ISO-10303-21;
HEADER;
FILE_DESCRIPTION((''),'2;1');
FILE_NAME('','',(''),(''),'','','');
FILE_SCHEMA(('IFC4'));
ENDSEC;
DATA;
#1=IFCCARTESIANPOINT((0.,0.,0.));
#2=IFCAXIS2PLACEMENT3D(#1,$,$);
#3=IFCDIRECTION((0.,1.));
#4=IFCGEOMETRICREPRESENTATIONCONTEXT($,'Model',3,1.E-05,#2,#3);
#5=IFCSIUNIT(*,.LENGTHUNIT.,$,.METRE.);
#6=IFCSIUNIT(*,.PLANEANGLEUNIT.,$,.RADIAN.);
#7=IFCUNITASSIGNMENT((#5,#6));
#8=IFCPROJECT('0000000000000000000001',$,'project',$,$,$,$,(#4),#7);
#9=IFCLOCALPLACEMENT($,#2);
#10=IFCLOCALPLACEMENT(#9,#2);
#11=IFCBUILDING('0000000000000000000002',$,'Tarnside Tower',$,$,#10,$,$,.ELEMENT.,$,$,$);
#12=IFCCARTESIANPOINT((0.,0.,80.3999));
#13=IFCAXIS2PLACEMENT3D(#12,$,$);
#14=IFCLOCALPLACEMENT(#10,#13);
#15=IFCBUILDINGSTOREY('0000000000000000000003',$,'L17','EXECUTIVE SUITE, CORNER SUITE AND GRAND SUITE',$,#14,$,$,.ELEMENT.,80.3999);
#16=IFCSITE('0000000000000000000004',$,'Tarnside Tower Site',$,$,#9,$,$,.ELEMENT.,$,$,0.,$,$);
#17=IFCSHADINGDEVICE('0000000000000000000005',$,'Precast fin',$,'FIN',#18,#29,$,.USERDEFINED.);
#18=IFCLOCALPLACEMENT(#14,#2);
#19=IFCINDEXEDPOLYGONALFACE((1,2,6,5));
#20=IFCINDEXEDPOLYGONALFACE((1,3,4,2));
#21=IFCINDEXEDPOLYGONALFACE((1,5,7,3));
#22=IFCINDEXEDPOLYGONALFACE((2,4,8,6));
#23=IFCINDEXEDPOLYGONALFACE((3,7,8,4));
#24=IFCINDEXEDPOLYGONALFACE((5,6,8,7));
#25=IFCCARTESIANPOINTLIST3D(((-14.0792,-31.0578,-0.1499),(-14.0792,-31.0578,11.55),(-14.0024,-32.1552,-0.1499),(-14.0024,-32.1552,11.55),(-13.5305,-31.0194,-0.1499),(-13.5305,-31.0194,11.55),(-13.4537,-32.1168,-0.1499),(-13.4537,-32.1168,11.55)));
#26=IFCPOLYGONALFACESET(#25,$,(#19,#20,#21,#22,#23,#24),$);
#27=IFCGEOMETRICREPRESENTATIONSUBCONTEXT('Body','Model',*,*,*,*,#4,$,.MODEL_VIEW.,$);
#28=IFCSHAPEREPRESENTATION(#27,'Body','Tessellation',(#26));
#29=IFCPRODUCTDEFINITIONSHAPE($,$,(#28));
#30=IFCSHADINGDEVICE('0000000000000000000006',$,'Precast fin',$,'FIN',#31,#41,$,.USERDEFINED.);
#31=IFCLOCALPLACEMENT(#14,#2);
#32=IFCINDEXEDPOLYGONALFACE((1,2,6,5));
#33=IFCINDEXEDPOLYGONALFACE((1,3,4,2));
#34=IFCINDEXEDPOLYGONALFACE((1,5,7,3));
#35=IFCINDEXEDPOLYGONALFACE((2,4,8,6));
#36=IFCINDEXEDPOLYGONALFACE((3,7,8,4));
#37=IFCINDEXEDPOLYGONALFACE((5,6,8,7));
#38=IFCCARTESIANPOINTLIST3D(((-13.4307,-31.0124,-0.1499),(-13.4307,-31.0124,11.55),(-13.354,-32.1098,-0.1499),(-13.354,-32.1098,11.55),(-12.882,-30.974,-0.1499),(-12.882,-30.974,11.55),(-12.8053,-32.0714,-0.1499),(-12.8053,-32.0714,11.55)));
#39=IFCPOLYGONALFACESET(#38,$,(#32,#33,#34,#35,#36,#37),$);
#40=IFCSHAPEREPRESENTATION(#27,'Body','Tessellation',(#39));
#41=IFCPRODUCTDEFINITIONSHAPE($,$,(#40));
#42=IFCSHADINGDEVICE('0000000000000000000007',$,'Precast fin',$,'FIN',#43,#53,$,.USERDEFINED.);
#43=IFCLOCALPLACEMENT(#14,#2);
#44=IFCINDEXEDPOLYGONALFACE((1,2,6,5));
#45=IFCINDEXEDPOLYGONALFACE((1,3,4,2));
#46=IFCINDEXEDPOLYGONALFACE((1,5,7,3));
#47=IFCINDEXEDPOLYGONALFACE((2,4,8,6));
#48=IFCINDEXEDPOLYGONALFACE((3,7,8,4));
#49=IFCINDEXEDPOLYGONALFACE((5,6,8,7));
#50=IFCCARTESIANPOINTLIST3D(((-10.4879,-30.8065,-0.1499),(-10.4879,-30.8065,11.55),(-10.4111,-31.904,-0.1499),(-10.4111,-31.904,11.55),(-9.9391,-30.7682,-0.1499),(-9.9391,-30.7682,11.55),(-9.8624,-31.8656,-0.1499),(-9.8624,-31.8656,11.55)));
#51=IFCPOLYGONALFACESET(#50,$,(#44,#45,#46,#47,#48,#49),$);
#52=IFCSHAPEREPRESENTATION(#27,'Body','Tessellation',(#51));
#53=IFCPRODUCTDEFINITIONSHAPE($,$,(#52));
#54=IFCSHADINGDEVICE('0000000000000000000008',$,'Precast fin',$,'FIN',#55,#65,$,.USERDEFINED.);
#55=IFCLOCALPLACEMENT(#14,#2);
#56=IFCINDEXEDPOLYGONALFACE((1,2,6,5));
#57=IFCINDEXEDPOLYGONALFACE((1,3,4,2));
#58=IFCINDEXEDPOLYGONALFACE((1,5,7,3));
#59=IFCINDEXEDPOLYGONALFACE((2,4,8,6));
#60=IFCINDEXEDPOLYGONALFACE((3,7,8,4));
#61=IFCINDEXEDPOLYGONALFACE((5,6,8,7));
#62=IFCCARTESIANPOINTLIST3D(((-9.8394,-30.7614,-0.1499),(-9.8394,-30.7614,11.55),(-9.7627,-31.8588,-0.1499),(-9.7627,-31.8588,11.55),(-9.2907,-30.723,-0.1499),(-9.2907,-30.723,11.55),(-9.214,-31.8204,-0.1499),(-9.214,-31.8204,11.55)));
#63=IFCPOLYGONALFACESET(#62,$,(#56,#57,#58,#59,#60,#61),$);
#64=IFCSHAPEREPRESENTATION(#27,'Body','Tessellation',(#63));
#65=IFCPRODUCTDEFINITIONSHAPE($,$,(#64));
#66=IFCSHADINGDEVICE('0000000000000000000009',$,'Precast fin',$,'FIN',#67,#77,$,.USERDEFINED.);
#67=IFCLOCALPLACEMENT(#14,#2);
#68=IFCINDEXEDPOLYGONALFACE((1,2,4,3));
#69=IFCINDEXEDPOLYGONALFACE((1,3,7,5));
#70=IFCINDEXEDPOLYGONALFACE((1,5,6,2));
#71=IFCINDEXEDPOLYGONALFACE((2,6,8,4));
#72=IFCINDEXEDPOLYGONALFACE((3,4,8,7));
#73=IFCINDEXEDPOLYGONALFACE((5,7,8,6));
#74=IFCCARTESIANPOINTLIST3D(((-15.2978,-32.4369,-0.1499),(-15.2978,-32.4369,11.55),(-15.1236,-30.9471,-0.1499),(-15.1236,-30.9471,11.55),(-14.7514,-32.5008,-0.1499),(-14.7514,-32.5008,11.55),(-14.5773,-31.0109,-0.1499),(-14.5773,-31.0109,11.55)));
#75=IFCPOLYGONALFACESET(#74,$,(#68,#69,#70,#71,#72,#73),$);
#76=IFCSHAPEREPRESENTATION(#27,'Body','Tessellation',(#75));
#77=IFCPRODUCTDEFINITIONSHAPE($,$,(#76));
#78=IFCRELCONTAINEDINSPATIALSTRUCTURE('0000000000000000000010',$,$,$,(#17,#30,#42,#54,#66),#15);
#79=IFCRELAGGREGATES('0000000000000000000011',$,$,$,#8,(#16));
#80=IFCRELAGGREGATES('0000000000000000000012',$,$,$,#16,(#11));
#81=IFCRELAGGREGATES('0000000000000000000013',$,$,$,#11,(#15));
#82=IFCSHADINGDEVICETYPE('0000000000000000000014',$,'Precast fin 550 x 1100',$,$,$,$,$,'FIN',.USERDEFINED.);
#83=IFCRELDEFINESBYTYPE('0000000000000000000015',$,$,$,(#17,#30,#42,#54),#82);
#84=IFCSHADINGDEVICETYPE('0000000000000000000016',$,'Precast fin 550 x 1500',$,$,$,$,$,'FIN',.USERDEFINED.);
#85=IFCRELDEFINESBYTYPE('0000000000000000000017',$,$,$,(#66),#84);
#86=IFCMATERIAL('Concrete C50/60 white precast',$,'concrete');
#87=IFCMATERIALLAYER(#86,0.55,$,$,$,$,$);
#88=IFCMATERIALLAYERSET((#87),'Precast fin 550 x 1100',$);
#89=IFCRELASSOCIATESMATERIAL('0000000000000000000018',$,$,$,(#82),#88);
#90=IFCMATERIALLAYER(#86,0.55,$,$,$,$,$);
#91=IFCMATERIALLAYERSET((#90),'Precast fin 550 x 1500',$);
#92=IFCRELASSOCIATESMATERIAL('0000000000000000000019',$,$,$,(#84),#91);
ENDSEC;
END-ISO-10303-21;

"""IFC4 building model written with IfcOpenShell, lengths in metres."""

from ifc_helpers import new_model, si_unit, direction, frame, origin, place, context, subcontext, project, spatial, polyline, outline, extrude, material, layer, layer_set, type_object, element, save


model = new_model("IFC4")

# Units and contexts
model_context = context("Model", 3, precision=1e-05, world=origin(), true_north=direction((0.0, 1.0)))
body_context = subcontext(model_context, "Body", "Model", "MODEL_VIEW")
ifc_project = project(units=[si_unit("LENGTHUNIT", "METRE"), si_unit("PLANEANGLEUNIT", "RADIAN")], contexts=[model_context])

# Site, building, storey
site_placement = place(None, origin())
site = spatial("IfcSite", under=ifc_project, at=site_placement, Name="Tarnside Tower Site", CompositionType="ELEMENT", RefElevation=0.0)
building_placement = place(site_placement, origin())
building = spatial("IfcBuilding", under=site, at=building_placement, Name="Tarnside Tower", CompositionType="ELEMENT")
storey_placement = place(building_placement, frame((0.0, 0.0, 80.3999)))
storey = spatial("IfcBuildingStorey", under=building, at=storey_placement, Name="L17", Description="EXECUTIVE SUITE, CORNER SUITE AND GRAND SUITE", CompositionType="ELEMENT", Elevation=80.3999)

# Shading devices
ifc_material_1 = material(Name="Concrete C50/60 white precast", Category="concrete")
ifc_layer_1 = layer(ifc_material_1, 0.55)
ifc_layer_set_1 = layer_set([ifc_layer_1], Name="Precast fin 550 x 1100")
shading_device_type_1 = type_object("IfcShadingDeviceType", Name="Precast fin 550 x 1100", ElementType="FIN", PredefinedType="USERDEFINED", material=ifc_layer_set_1)
for number, where, z_axis, x_axis, name in (
    (1, (-13.8047, -31.0386, -0.1499), (-0.997564, -0.069756, 0.0), (0.069756, -0.997564, 0.0), "Precast fin"),
    (2, (-13.1562, -30.9932, -0.1499), (-0.997564, -0.069756, 0.0), (0.069756, -0.997564, 0.0), "Precast fin"),
    (3, (-10.2134, -30.7874, -0.1499), (-0.997564, -0.069756, 0.0), (0.069756, -0.997564, 0.0), "Precast fin"),
    (4, (-9.5649, -30.7422, -0.1499), (-0.997564, -0.069756, 0.0), (0.069756, -0.997564, 0.0), "Precast fin"),
):
    element("IfcShadingDevice", number, at=place(storey_placement, frame(where, z_axis=z_axis, x_axis=x_axis)), inside=storey, type_object=shading_device_type_1, Name=name, ObjectType="FIN", PredefinedType="USERDEFINED", context=body_context, shape_type="SweptSolid", body=[
        extrude(outline(polyline([(0.0, 0.0), (1.1001, 0.0), (1.1001, 11.7), (0.0, 11.7), (0.0, 0.0)])), frame((0.0, 0.0, -0.2749)), (0.0, 0.0, 1.0), 0.55),
    ])
ifc_layer_2 = layer(ifc_material_1, 0.55)
ifc_layer_set_2 = layer_set([ifc_layer_2], Name="Precast fin 550 x 1500")
shading_device_type_2 = type_object("IfcShadingDeviceType", Name="Precast fin 550 x 1500", ElementType="FIN", PredefinedType="USERDEFINED", material=ifc_layer_set_2)
shading_device_placement = place(storey_placement, frame((-14.8503, -30.979, -0.1499), z_axis=(-0.993238, 0.116093, 0.0), x_axis=(-0.116093, -0.993238, 0.0)))
element("IfcShadingDevice", 5, at=shading_device_placement, inside=storey, type_object=shading_device_type_2, Name="Precast fin", ObjectType="FIN", PredefinedType="USERDEFINED", context=body_context, shape_type="SweptSolid", body=[
    extrude(outline(polyline([(0.0, 0.0), (1.5, 0.0), (1.5, 11.7), (0.0, 11.7), (0.0, 0.0)])), frame((0.0, 0.0, -0.2749)), (0.0, 0.0, 1.0), 0.55),
])

save(model, "model.ifc")
